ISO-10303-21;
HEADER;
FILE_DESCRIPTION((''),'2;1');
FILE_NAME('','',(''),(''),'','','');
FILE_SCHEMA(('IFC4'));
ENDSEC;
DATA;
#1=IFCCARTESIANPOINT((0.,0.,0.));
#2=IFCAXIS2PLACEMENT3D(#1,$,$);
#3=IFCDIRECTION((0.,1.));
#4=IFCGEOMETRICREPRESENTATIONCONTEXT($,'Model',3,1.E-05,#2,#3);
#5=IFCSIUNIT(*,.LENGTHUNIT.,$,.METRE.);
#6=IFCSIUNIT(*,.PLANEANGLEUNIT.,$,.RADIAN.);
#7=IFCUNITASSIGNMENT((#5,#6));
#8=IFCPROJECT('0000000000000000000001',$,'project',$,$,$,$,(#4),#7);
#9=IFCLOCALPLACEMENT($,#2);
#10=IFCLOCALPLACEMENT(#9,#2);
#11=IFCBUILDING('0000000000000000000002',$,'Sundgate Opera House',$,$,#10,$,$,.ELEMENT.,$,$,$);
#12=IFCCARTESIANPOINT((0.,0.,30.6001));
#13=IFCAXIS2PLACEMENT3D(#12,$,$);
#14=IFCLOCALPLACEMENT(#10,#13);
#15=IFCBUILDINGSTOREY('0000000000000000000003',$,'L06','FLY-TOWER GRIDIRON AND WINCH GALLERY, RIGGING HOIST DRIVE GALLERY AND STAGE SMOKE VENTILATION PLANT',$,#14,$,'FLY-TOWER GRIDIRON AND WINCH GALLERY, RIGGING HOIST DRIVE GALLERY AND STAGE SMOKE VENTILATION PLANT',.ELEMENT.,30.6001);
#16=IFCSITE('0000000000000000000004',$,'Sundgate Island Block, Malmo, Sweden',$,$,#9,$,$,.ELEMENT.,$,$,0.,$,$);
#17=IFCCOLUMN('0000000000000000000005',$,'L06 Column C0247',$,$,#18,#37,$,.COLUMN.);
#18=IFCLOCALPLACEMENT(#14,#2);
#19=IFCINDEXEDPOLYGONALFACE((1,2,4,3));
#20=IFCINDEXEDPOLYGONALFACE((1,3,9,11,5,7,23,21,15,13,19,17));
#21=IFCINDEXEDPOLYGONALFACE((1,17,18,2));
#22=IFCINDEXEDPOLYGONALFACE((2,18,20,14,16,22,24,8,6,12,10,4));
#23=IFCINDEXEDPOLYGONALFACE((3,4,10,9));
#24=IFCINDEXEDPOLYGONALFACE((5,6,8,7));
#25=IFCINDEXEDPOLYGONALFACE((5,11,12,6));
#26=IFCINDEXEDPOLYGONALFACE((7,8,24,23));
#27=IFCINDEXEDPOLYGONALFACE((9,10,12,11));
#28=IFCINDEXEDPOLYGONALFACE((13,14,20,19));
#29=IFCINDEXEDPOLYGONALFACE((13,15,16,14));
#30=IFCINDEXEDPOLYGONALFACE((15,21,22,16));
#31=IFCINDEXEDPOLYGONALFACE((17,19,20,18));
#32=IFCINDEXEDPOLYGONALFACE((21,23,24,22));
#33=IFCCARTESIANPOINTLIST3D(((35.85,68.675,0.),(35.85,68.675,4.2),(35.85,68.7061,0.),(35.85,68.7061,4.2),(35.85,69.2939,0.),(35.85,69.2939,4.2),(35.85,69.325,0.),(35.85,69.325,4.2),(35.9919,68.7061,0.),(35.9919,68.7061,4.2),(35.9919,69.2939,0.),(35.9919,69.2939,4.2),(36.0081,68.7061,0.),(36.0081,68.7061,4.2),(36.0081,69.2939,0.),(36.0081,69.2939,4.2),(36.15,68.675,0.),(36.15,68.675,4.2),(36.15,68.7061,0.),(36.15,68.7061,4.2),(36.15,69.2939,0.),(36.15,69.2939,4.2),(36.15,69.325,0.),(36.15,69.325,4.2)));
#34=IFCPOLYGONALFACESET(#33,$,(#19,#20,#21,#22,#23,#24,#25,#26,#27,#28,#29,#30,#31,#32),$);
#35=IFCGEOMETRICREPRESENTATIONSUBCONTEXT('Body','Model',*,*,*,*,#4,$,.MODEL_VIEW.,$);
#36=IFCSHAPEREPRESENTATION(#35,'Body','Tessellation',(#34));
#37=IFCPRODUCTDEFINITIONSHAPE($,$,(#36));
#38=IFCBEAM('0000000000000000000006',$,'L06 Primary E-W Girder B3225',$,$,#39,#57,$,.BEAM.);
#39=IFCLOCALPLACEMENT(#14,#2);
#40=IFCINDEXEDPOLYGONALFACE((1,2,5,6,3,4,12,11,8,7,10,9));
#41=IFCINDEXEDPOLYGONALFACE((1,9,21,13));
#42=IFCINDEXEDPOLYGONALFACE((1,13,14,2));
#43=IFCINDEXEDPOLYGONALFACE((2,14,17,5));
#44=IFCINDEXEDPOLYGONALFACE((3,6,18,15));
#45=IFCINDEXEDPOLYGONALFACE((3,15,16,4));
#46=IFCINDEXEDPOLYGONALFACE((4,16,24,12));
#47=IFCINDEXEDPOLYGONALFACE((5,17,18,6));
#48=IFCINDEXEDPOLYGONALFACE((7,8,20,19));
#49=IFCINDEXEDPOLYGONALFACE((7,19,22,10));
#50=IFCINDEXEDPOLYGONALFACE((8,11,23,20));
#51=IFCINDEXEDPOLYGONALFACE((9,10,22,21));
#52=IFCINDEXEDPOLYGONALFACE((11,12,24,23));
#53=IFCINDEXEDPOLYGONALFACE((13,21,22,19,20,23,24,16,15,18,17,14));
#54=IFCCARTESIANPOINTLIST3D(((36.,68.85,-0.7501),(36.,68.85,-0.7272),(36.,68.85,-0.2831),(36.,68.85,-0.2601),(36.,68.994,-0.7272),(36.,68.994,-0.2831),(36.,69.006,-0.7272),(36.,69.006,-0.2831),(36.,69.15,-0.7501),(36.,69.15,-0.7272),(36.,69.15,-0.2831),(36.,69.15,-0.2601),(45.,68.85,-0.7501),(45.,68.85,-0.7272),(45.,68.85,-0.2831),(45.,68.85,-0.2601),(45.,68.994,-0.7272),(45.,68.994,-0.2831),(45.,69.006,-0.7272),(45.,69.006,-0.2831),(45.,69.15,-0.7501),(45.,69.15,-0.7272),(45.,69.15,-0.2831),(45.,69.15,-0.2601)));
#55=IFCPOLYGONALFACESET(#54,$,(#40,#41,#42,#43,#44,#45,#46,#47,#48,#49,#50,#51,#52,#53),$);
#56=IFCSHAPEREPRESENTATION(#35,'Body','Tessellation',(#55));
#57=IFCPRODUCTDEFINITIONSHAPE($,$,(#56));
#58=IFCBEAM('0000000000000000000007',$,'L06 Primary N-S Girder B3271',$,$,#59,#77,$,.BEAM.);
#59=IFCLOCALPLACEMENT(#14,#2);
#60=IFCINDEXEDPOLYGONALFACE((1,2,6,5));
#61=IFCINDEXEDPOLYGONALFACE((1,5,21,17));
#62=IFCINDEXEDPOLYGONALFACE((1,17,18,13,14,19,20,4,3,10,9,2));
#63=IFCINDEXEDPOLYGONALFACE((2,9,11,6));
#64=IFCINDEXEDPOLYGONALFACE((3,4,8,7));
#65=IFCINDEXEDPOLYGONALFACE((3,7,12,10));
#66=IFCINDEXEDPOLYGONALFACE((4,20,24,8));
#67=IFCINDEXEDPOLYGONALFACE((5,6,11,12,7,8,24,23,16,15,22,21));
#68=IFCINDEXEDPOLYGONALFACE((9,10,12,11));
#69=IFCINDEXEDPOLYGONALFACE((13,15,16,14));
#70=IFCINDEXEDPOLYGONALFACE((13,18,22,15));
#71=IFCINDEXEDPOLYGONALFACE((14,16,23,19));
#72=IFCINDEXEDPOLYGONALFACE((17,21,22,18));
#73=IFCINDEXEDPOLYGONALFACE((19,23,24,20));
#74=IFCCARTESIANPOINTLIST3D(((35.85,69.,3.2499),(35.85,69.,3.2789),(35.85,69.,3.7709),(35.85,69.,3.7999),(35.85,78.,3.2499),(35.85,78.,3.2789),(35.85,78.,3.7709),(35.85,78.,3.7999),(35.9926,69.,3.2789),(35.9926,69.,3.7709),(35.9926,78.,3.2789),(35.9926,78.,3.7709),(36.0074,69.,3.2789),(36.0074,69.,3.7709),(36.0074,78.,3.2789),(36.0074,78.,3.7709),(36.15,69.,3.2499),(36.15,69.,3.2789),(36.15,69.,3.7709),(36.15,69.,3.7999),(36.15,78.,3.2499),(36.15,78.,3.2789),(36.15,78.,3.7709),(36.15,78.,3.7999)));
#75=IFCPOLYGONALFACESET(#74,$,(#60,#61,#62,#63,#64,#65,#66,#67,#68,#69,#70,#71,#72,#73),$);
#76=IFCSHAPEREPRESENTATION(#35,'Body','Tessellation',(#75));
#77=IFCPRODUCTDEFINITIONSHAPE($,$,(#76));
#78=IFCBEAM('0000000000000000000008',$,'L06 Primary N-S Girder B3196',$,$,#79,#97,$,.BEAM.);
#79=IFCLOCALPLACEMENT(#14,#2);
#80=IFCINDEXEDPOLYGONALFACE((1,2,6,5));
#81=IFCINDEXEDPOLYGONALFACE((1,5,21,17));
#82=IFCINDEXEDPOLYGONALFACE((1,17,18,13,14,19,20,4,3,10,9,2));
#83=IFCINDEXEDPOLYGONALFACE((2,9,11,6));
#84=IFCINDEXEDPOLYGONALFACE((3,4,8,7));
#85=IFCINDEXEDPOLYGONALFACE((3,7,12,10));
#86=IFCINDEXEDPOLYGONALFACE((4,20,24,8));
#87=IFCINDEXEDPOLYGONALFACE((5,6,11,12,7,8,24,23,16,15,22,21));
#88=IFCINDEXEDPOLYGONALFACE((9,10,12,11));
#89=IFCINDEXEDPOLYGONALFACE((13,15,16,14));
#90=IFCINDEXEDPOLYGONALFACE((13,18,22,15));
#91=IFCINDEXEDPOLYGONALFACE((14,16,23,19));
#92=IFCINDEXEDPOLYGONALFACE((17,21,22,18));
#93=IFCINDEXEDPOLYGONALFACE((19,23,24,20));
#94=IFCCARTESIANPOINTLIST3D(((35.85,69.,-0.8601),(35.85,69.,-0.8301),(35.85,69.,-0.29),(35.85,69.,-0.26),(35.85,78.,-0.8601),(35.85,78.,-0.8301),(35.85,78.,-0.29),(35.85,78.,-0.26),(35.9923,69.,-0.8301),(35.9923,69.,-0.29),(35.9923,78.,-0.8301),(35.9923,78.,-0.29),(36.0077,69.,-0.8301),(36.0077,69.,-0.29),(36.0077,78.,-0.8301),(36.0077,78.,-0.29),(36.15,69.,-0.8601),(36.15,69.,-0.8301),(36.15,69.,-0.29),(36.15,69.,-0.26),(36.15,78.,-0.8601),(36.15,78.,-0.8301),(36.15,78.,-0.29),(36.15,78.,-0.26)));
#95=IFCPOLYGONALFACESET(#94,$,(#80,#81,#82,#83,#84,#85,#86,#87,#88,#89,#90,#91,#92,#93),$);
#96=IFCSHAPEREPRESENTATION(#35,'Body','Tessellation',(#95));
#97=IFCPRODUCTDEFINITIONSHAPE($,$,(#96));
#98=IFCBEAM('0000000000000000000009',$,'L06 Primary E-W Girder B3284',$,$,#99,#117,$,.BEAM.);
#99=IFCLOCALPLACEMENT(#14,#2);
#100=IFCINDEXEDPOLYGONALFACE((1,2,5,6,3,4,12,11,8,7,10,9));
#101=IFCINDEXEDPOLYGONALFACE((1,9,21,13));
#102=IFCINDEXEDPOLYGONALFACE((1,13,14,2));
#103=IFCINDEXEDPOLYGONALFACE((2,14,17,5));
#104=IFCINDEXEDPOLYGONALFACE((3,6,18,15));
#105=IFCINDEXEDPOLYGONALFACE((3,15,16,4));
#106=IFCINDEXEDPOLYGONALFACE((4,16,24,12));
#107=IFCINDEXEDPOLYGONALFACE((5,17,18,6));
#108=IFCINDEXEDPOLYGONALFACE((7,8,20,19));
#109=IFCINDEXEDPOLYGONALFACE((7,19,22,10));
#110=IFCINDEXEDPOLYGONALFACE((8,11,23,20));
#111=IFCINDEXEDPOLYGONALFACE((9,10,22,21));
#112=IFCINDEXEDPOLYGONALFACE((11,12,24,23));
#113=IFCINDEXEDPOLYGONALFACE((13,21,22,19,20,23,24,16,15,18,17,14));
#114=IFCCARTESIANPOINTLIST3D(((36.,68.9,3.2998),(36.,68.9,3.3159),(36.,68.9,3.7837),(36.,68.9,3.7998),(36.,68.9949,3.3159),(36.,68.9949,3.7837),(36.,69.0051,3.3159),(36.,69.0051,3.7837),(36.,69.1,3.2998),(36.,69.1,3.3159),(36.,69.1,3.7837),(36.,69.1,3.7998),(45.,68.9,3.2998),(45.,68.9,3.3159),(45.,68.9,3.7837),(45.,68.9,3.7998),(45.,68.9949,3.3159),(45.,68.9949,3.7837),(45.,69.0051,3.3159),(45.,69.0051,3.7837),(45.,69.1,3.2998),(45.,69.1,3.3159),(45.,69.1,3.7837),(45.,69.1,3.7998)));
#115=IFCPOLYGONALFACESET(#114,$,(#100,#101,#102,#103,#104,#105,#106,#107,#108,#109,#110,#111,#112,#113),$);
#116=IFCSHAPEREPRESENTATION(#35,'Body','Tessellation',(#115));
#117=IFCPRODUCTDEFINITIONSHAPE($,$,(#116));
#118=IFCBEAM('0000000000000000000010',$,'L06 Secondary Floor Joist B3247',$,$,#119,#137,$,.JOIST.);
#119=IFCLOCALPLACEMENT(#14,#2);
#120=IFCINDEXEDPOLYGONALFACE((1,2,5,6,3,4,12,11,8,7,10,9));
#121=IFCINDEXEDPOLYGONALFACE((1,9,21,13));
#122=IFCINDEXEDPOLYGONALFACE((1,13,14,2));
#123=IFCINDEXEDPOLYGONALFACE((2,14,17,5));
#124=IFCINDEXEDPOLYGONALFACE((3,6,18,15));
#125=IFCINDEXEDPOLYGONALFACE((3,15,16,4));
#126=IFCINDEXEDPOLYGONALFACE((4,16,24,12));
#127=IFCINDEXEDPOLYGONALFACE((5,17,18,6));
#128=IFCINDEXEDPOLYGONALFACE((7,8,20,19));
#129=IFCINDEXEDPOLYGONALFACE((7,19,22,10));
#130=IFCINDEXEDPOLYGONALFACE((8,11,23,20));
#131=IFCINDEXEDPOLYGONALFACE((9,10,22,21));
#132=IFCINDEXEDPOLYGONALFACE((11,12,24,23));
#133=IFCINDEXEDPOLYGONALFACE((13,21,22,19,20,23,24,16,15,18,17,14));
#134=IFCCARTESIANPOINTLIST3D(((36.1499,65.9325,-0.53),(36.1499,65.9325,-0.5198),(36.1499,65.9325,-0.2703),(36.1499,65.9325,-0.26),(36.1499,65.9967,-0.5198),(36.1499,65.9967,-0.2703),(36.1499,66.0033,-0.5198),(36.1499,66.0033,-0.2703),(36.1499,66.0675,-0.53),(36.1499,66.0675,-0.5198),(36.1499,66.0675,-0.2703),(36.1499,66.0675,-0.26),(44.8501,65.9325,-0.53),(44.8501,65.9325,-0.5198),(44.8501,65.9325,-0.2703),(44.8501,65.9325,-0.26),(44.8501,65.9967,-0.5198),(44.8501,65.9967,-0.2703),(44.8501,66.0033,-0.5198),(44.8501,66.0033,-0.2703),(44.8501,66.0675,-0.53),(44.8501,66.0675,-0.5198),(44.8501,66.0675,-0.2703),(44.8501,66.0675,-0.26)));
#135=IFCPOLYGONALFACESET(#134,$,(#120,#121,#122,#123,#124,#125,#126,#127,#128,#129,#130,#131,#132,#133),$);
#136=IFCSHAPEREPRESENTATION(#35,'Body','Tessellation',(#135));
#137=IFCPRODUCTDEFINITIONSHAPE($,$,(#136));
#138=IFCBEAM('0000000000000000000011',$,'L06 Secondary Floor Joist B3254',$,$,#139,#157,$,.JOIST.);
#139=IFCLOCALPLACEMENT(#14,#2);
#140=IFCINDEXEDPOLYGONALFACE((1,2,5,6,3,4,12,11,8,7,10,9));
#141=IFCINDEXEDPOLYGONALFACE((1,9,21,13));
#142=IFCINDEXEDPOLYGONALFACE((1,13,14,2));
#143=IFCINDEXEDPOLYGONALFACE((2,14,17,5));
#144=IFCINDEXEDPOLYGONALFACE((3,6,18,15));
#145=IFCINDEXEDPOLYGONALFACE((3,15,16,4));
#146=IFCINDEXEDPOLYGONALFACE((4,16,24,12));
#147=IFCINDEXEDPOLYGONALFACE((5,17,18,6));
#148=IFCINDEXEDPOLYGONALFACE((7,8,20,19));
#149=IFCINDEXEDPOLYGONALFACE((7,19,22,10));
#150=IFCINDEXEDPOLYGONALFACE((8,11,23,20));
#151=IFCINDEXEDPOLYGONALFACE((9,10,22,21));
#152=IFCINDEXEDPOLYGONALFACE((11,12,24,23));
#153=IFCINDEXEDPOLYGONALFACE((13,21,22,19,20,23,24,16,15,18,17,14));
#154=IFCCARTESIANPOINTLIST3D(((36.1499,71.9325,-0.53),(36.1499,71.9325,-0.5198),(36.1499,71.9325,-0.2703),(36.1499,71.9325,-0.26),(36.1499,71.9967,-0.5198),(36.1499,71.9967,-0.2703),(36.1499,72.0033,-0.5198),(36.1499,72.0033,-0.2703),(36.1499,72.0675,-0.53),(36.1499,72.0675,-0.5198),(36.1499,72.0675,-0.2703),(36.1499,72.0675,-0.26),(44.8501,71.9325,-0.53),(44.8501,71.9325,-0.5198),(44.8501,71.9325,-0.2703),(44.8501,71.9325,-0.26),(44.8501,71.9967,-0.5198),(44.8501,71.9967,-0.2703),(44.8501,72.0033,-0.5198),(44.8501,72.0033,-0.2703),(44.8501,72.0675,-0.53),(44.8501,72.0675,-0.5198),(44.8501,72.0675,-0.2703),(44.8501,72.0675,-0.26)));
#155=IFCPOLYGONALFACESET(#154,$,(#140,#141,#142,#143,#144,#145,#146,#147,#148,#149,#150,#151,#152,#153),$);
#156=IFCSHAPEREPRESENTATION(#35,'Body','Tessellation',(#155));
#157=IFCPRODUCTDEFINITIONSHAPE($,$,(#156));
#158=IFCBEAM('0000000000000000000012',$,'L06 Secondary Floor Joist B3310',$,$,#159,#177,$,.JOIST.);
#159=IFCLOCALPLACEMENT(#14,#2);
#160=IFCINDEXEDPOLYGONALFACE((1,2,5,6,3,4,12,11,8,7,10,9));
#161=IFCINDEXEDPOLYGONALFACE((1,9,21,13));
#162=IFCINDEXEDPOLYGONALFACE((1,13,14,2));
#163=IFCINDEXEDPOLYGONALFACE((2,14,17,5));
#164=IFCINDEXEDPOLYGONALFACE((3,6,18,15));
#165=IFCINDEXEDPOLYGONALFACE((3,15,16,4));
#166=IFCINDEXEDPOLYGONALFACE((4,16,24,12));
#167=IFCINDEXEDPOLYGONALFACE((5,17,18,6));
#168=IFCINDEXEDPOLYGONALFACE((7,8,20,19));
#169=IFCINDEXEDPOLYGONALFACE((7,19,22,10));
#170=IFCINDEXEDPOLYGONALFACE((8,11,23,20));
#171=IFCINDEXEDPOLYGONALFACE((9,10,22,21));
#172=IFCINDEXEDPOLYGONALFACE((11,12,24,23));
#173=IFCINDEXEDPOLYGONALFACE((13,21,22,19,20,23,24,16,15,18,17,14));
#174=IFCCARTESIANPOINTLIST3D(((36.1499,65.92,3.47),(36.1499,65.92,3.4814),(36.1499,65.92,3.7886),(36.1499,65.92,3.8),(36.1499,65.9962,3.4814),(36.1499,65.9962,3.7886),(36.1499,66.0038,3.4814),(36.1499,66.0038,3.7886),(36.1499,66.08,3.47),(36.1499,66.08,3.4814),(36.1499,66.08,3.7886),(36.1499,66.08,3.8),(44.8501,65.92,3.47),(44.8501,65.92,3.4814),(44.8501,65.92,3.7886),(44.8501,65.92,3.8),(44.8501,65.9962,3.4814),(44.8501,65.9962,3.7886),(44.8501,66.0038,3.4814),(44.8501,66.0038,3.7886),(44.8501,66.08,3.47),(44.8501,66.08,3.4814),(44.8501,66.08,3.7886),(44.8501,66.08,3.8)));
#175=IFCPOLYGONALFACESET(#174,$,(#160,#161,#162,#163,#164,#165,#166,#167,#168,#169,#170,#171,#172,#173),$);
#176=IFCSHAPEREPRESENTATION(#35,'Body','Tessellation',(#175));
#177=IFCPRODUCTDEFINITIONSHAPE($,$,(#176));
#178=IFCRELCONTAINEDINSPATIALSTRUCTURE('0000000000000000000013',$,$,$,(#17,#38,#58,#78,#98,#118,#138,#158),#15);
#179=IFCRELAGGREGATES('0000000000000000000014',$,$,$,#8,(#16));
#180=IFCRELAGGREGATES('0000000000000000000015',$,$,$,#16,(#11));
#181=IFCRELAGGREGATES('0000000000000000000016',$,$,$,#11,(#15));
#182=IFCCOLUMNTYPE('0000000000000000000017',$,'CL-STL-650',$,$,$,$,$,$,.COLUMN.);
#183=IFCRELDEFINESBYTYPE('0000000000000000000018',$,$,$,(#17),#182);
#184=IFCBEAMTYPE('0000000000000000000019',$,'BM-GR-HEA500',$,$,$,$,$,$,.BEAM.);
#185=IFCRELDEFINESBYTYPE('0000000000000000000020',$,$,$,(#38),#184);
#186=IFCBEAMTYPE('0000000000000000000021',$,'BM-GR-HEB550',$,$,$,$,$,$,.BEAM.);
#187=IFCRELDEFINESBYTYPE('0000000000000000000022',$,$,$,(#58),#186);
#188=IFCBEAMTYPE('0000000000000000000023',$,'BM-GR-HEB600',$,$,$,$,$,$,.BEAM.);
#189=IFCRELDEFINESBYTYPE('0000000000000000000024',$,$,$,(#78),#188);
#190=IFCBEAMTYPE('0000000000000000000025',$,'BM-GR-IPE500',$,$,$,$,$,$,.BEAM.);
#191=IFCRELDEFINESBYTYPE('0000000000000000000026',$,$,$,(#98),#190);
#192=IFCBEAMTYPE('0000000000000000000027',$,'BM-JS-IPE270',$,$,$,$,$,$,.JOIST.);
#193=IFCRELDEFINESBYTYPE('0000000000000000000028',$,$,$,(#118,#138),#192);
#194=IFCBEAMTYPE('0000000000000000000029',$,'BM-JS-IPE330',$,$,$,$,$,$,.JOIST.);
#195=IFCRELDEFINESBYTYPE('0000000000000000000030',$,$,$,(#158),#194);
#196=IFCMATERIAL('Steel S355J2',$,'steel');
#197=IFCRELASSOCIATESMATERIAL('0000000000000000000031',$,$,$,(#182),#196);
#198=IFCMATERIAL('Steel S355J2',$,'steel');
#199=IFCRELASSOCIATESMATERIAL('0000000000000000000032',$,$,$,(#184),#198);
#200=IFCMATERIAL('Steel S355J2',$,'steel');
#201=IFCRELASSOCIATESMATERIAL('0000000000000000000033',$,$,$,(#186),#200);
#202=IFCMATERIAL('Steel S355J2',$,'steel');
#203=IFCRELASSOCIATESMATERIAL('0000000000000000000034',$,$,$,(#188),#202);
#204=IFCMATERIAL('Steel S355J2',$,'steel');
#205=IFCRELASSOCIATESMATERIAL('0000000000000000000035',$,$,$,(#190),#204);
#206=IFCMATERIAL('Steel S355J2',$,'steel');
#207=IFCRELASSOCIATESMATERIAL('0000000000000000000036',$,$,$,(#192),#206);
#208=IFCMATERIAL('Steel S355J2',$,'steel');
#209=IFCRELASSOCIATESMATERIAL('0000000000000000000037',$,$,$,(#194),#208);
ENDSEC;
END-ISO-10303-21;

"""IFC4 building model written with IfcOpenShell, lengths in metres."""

from ifc_helpers import new_model, si_unit, direction, frame, origin, origin_2d, place, context, subcontext, project, spatial, i_section, extrude, material, material_profile, profile_set, type_object, element, save


model = new_model("IFC4")

# Units and contexts
model_context = context("Model", 3, precision=1e-05, world=origin(), true_north=direction((0.0, 1.0)))
body_context = subcontext(model_context, "Body", "Model", "MODEL_VIEW")
ifc_project = project(units=[si_unit("LENGTHUNIT", "METRE"), si_unit("PLANEANGLEUNIT", "RADIAN")], contexts=[model_context])

# Site, building, storey
site_placement = place(None, origin())
site = spatial("IfcSite", under=ifc_project, at=site_placement, Name="Sundgate Island Block, Malmo, Sweden", CompositionType="ELEMENT", RefElevation=0.0)
building_placement = place(site_placement, origin())
building = spatial("IfcBuilding", under=site, at=building_placement, Name="Sundgate Opera House", CompositionType="ELEMENT")
storey_placement = place(building_placement, frame((0.0, 0.0, 30.6001)))
storey = spatial("IfcBuildingStorey", under=building, at=storey_placement, Name="L06", Description="FLY-TOWER GRIDIRON AND WINCH GALLERY, RIGGING HOIST DRIVE GALLERY AND STAGE SMOKE VENTILATION PLANT", LongName="FLY-TOWER GRIDIRON AND WINCH GALLERY, RIGGING HOIST DRIVE GALLERY AND STAGE SMOKE VENTILATION PLANT", CompositionType="ELEMENT", Elevation=30.6001)

# Column
ifc_material_1 = material(Name="Steel S355J2", Category="steel")
ifc_material_profile_1 = material_profile(ifc_material_1, i_section(OverallWidth=0.3, OverallDepth=0.6499, WebThickness=0.0161, FlangeThickness=0.031, at=origin_2d()), Name="HEB 650")
ifc_profile_set_1 = profile_set([ifc_material_profile_1], Name="Steel S355J2")
column_type = type_object("IfcColumnType", Name="CL-STL-650", PredefinedType="COLUMN", material=ifc_profile_set_1)
column_placement = place(storey_placement, frame((36.0, 69.0, 0.0), z_axis=(0.0, 0.0, 1.0), x_axis=(1.0, 0.0, 0.0)))
element("IfcColumn", 1, at=column_placement, inside=storey, type_object=column_type, Name="L06 Column C0247", PredefinedType="COLUMN", context=body_context, shape_type="SweptSolid", body=[
    extrude(i_section(OverallWidth=0.3, OverallDepth=0.6499, WebThickness=0.0161, FlangeThickness=0.031, at=origin_2d()), origin(), (0.0, 0.0, 1.0), 4.2),
])

# Beams
ifc_material_2 = material(Name="Steel S355J2", Category="steel")
ifc_material_profile_2 = material_profile(ifc_material_2, i_section(OverallWidth=0.3, OverallDepth=0.49, WebThickness=0.012, FlangeThickness=0.0229, at=origin_2d()), Name="HEA 500")
ifc_profile_set_2 = profile_set([ifc_material_profile_2], Name="Steel S355J2")
beam_type_1 = type_object("IfcBeamType", Name="BM-GR-HEA500", PredefinedType="BEAM", material=ifc_profile_set_2)
beam_1_placement = place(storey_placement, frame((36.0, 69.0, -0.5051), z_axis=(1.0, 0.0, 0.0), x_axis=(0.0, 1.0, 0.0)))
element("IfcBeam", 2, at=beam_1_placement, inside=storey, type_object=beam_type_1, Name="L06 Primary E-W Girder B3225", PredefinedType="BEAM", context=body_context, shape_type="SweptSolid", body=[
    extrude(i_section(OverallWidth=0.3, OverallDepth=0.49, WebThickness=0.012, FlangeThickness=0.0229, at=origin_2d()), origin(), (0.0, 0.0, 1.0), 9.0),
])
ifc_material_3 = material(Name="Steel S355J2", Category="steel")
ifc_material_profile_3 = material_profile(ifc_material_3, i_section(OverallWidth=0.3, OverallDepth=0.55, WebThickness=0.0149, FlangeThickness=0.0291, at=origin_2d()), Name="HEB 550")
ifc_profile_set_3 = profile_set([ifc_material_profile_3], Name="Steel S355J2")
beam_type_2 = type_object("IfcBeamType", Name="BM-GR-HEB550", PredefinedType="BEAM", material=ifc_profile_set_3)
beam_2_placement = place(storey_placement, frame((36.0, 69.0, 3.5249), z_axis=(0.0, 1.0, 0.0), x_axis=(-1.0, 0.0, 0.0)))
element("IfcBeam", 3, at=beam_2_placement, inside=storey, type_object=beam_type_2, Name="L06 Primary N-S Girder B3271", PredefinedType="BEAM", context=body_context, shape_type="SweptSolid", body=[
    extrude(i_section(OverallWidth=0.3, OverallDepth=0.55, WebThickness=0.0149, FlangeThickness=0.0291, at=origin_2d()), origin(), (0.0, 0.0, 1.0), 9.0),
])
ifc_material_4 = material(Name="Steel S355J2", Category="steel")
ifc_material_profile_4 = material_profile(ifc_material_4, i_section(OverallWidth=0.3, OverallDepth=0.6001, WebThickness=0.0154, FlangeThickness=0.03, at=origin_2d()), Name="HEB 600")
ifc_profile_set_4 = profile_set([ifc_material_profile_4], Name="Steel S355J2")
beam_type_3 = type_object("IfcBeamType", Name="BM-GR-HEB600", PredefinedType="BEAM", material=ifc_profile_set_4)
beam_3_placement = place(storey_placement, frame((36.0, 69.0, -0.5601), z_axis=(0.0, 1.0, 0.0), x_axis=(-1.0, 0.0, 0.0)))
element("IfcBeam", 4, at=beam_3_placement, inside=storey, type_object=beam_type_3, Name="L06 Primary N-S Girder B3196", PredefinedType="BEAM", context=body_context, shape_type="SweptSolid", body=[
    extrude(i_section(OverallWidth=0.3, OverallDepth=0.6001, WebThickness=0.0154, FlangeThickness=0.03, at=origin_2d()), origin(), (0.0, 0.0, 1.0), 9.0),
])
ifc_material_5 = material(Name="Steel S355J2", Category="steel")
ifc_material_profile_5 = material_profile(ifc_material_5, i_section(OverallWidth=0.2, OverallDepth=0.5, WebThickness=0.0103, FlangeThickness=0.0161, at=origin_2d()), Name="IPE 500")
ifc_profile_set_5 = profile_set([ifc_material_profile_5], Name="Steel S355J2")
beam_type_4 = type_object("IfcBeamType", Name="BM-GR-IPE500", PredefinedType="BEAM", material=ifc_profile_set_5)
beam_4_placement = place(storey_placement, frame((36.0, 69.0, 3.5498), z_axis=(1.0, 0.0, 0.0), x_axis=(0.0, 1.0, 0.0)))
element("IfcBeam", 5, at=beam_4_placement, inside=storey, type_object=beam_type_4, Name="L06 Primary E-W Girder B3284", PredefinedType="BEAM", context=body_context, shape_type="SweptSolid", body=[
    extrude(i_section(OverallWidth=0.2, OverallDepth=0.5, WebThickness=0.0103, FlangeThickness=0.0161, at=origin_2d()), origin(), (0.0, 0.0, 1.0), 9.0),
])
ifc_material_6 = material(Name="Steel S355J2", Category="steel")
ifc_material_profile_6 = material_profile(ifc_material_6, i_section(OverallWidth=0.135, OverallDepth=0.27, WebThickness=0.0066, FlangeThickness=0.0103, at=origin_2d()), Name="IPE 270")
ifc_profile_set_6 = profile_set([ifc_material_profile_6], Name="Steel S355J2")
beam_type_5 = type_object("IfcBeamType", Name="BM-JS-IPE270", PredefinedType="JOIST", material=ifc_profile_set_6)
for number, where, z_axis, x_axis, name in (
    (6, (36.1499, 66.0, -0.395), (1.0, 0.0, 0.0), (0.0, 1.0, 0.0), "L06 Secondary Floor Joist B3247"),
    (7, (36.1499, 72.0, -0.395), (1.0, 0.0, 0.0), (0.0, 1.0, 0.0), "L06 Secondary Floor Joist B3254"),
):
    element("IfcBeam", number, at=place(storey_placement, frame(where, z_axis=z_axis, x_axis=x_axis)), inside=storey, type_object=beam_type_5, Name=name, PredefinedType="JOIST", context=body_context, shape_type="SweptSolid", body=[
        extrude(i_section(OverallWidth=0.135, OverallDepth=0.27, WebThickness=0.0066, FlangeThickness=0.0103, at=origin_2d()), origin(), (0.0, 0.0, 1.0), 8.7002),
    ])
ifc_material_7 = material(Name="Steel S355J2", Category="steel")
ifc_material_profile_7 = material_profile(ifc_material_7, i_section(OverallWidth=0.1599, OverallDepth=0.3301, WebThickness=0.0076, FlangeThickness=0.0115, at=origin_2d()), Name="IPE 330")
ifc_profile_set_7 = profile_set([ifc_material_profile_7], Name="Steel S355J2")
beam_type_6 = type_object("IfcBeamType", Name="BM-JS-IPE330", PredefinedType="JOIST", material=ifc_profile_set_7)
for number, where, z_axis, x_axis, name in (
    (8, (36.1499, 66.0, 3.635), (1.0, 0.0, 0.0), (0.0, 1.0, 0.0), "L06 Secondary Floor Joist B3310"),
):
    element("IfcBeam", number, at=place(storey_placement, frame(where, z_axis=z_axis, x_axis=x_axis)), inside=storey, type_object=beam_type_6, Name=name, PredefinedType="JOIST", context=body_context, shape_type="SweptSolid", body=[
        extrude(i_section(OverallWidth=0.1599, OverallDepth=0.3301, WebThickness=0.0076, FlangeThickness=0.0115, at=origin_2d()), origin(), (0.0, 0.0, 1.0), 8.7002),
    ])

save(model, "model.ifc")
